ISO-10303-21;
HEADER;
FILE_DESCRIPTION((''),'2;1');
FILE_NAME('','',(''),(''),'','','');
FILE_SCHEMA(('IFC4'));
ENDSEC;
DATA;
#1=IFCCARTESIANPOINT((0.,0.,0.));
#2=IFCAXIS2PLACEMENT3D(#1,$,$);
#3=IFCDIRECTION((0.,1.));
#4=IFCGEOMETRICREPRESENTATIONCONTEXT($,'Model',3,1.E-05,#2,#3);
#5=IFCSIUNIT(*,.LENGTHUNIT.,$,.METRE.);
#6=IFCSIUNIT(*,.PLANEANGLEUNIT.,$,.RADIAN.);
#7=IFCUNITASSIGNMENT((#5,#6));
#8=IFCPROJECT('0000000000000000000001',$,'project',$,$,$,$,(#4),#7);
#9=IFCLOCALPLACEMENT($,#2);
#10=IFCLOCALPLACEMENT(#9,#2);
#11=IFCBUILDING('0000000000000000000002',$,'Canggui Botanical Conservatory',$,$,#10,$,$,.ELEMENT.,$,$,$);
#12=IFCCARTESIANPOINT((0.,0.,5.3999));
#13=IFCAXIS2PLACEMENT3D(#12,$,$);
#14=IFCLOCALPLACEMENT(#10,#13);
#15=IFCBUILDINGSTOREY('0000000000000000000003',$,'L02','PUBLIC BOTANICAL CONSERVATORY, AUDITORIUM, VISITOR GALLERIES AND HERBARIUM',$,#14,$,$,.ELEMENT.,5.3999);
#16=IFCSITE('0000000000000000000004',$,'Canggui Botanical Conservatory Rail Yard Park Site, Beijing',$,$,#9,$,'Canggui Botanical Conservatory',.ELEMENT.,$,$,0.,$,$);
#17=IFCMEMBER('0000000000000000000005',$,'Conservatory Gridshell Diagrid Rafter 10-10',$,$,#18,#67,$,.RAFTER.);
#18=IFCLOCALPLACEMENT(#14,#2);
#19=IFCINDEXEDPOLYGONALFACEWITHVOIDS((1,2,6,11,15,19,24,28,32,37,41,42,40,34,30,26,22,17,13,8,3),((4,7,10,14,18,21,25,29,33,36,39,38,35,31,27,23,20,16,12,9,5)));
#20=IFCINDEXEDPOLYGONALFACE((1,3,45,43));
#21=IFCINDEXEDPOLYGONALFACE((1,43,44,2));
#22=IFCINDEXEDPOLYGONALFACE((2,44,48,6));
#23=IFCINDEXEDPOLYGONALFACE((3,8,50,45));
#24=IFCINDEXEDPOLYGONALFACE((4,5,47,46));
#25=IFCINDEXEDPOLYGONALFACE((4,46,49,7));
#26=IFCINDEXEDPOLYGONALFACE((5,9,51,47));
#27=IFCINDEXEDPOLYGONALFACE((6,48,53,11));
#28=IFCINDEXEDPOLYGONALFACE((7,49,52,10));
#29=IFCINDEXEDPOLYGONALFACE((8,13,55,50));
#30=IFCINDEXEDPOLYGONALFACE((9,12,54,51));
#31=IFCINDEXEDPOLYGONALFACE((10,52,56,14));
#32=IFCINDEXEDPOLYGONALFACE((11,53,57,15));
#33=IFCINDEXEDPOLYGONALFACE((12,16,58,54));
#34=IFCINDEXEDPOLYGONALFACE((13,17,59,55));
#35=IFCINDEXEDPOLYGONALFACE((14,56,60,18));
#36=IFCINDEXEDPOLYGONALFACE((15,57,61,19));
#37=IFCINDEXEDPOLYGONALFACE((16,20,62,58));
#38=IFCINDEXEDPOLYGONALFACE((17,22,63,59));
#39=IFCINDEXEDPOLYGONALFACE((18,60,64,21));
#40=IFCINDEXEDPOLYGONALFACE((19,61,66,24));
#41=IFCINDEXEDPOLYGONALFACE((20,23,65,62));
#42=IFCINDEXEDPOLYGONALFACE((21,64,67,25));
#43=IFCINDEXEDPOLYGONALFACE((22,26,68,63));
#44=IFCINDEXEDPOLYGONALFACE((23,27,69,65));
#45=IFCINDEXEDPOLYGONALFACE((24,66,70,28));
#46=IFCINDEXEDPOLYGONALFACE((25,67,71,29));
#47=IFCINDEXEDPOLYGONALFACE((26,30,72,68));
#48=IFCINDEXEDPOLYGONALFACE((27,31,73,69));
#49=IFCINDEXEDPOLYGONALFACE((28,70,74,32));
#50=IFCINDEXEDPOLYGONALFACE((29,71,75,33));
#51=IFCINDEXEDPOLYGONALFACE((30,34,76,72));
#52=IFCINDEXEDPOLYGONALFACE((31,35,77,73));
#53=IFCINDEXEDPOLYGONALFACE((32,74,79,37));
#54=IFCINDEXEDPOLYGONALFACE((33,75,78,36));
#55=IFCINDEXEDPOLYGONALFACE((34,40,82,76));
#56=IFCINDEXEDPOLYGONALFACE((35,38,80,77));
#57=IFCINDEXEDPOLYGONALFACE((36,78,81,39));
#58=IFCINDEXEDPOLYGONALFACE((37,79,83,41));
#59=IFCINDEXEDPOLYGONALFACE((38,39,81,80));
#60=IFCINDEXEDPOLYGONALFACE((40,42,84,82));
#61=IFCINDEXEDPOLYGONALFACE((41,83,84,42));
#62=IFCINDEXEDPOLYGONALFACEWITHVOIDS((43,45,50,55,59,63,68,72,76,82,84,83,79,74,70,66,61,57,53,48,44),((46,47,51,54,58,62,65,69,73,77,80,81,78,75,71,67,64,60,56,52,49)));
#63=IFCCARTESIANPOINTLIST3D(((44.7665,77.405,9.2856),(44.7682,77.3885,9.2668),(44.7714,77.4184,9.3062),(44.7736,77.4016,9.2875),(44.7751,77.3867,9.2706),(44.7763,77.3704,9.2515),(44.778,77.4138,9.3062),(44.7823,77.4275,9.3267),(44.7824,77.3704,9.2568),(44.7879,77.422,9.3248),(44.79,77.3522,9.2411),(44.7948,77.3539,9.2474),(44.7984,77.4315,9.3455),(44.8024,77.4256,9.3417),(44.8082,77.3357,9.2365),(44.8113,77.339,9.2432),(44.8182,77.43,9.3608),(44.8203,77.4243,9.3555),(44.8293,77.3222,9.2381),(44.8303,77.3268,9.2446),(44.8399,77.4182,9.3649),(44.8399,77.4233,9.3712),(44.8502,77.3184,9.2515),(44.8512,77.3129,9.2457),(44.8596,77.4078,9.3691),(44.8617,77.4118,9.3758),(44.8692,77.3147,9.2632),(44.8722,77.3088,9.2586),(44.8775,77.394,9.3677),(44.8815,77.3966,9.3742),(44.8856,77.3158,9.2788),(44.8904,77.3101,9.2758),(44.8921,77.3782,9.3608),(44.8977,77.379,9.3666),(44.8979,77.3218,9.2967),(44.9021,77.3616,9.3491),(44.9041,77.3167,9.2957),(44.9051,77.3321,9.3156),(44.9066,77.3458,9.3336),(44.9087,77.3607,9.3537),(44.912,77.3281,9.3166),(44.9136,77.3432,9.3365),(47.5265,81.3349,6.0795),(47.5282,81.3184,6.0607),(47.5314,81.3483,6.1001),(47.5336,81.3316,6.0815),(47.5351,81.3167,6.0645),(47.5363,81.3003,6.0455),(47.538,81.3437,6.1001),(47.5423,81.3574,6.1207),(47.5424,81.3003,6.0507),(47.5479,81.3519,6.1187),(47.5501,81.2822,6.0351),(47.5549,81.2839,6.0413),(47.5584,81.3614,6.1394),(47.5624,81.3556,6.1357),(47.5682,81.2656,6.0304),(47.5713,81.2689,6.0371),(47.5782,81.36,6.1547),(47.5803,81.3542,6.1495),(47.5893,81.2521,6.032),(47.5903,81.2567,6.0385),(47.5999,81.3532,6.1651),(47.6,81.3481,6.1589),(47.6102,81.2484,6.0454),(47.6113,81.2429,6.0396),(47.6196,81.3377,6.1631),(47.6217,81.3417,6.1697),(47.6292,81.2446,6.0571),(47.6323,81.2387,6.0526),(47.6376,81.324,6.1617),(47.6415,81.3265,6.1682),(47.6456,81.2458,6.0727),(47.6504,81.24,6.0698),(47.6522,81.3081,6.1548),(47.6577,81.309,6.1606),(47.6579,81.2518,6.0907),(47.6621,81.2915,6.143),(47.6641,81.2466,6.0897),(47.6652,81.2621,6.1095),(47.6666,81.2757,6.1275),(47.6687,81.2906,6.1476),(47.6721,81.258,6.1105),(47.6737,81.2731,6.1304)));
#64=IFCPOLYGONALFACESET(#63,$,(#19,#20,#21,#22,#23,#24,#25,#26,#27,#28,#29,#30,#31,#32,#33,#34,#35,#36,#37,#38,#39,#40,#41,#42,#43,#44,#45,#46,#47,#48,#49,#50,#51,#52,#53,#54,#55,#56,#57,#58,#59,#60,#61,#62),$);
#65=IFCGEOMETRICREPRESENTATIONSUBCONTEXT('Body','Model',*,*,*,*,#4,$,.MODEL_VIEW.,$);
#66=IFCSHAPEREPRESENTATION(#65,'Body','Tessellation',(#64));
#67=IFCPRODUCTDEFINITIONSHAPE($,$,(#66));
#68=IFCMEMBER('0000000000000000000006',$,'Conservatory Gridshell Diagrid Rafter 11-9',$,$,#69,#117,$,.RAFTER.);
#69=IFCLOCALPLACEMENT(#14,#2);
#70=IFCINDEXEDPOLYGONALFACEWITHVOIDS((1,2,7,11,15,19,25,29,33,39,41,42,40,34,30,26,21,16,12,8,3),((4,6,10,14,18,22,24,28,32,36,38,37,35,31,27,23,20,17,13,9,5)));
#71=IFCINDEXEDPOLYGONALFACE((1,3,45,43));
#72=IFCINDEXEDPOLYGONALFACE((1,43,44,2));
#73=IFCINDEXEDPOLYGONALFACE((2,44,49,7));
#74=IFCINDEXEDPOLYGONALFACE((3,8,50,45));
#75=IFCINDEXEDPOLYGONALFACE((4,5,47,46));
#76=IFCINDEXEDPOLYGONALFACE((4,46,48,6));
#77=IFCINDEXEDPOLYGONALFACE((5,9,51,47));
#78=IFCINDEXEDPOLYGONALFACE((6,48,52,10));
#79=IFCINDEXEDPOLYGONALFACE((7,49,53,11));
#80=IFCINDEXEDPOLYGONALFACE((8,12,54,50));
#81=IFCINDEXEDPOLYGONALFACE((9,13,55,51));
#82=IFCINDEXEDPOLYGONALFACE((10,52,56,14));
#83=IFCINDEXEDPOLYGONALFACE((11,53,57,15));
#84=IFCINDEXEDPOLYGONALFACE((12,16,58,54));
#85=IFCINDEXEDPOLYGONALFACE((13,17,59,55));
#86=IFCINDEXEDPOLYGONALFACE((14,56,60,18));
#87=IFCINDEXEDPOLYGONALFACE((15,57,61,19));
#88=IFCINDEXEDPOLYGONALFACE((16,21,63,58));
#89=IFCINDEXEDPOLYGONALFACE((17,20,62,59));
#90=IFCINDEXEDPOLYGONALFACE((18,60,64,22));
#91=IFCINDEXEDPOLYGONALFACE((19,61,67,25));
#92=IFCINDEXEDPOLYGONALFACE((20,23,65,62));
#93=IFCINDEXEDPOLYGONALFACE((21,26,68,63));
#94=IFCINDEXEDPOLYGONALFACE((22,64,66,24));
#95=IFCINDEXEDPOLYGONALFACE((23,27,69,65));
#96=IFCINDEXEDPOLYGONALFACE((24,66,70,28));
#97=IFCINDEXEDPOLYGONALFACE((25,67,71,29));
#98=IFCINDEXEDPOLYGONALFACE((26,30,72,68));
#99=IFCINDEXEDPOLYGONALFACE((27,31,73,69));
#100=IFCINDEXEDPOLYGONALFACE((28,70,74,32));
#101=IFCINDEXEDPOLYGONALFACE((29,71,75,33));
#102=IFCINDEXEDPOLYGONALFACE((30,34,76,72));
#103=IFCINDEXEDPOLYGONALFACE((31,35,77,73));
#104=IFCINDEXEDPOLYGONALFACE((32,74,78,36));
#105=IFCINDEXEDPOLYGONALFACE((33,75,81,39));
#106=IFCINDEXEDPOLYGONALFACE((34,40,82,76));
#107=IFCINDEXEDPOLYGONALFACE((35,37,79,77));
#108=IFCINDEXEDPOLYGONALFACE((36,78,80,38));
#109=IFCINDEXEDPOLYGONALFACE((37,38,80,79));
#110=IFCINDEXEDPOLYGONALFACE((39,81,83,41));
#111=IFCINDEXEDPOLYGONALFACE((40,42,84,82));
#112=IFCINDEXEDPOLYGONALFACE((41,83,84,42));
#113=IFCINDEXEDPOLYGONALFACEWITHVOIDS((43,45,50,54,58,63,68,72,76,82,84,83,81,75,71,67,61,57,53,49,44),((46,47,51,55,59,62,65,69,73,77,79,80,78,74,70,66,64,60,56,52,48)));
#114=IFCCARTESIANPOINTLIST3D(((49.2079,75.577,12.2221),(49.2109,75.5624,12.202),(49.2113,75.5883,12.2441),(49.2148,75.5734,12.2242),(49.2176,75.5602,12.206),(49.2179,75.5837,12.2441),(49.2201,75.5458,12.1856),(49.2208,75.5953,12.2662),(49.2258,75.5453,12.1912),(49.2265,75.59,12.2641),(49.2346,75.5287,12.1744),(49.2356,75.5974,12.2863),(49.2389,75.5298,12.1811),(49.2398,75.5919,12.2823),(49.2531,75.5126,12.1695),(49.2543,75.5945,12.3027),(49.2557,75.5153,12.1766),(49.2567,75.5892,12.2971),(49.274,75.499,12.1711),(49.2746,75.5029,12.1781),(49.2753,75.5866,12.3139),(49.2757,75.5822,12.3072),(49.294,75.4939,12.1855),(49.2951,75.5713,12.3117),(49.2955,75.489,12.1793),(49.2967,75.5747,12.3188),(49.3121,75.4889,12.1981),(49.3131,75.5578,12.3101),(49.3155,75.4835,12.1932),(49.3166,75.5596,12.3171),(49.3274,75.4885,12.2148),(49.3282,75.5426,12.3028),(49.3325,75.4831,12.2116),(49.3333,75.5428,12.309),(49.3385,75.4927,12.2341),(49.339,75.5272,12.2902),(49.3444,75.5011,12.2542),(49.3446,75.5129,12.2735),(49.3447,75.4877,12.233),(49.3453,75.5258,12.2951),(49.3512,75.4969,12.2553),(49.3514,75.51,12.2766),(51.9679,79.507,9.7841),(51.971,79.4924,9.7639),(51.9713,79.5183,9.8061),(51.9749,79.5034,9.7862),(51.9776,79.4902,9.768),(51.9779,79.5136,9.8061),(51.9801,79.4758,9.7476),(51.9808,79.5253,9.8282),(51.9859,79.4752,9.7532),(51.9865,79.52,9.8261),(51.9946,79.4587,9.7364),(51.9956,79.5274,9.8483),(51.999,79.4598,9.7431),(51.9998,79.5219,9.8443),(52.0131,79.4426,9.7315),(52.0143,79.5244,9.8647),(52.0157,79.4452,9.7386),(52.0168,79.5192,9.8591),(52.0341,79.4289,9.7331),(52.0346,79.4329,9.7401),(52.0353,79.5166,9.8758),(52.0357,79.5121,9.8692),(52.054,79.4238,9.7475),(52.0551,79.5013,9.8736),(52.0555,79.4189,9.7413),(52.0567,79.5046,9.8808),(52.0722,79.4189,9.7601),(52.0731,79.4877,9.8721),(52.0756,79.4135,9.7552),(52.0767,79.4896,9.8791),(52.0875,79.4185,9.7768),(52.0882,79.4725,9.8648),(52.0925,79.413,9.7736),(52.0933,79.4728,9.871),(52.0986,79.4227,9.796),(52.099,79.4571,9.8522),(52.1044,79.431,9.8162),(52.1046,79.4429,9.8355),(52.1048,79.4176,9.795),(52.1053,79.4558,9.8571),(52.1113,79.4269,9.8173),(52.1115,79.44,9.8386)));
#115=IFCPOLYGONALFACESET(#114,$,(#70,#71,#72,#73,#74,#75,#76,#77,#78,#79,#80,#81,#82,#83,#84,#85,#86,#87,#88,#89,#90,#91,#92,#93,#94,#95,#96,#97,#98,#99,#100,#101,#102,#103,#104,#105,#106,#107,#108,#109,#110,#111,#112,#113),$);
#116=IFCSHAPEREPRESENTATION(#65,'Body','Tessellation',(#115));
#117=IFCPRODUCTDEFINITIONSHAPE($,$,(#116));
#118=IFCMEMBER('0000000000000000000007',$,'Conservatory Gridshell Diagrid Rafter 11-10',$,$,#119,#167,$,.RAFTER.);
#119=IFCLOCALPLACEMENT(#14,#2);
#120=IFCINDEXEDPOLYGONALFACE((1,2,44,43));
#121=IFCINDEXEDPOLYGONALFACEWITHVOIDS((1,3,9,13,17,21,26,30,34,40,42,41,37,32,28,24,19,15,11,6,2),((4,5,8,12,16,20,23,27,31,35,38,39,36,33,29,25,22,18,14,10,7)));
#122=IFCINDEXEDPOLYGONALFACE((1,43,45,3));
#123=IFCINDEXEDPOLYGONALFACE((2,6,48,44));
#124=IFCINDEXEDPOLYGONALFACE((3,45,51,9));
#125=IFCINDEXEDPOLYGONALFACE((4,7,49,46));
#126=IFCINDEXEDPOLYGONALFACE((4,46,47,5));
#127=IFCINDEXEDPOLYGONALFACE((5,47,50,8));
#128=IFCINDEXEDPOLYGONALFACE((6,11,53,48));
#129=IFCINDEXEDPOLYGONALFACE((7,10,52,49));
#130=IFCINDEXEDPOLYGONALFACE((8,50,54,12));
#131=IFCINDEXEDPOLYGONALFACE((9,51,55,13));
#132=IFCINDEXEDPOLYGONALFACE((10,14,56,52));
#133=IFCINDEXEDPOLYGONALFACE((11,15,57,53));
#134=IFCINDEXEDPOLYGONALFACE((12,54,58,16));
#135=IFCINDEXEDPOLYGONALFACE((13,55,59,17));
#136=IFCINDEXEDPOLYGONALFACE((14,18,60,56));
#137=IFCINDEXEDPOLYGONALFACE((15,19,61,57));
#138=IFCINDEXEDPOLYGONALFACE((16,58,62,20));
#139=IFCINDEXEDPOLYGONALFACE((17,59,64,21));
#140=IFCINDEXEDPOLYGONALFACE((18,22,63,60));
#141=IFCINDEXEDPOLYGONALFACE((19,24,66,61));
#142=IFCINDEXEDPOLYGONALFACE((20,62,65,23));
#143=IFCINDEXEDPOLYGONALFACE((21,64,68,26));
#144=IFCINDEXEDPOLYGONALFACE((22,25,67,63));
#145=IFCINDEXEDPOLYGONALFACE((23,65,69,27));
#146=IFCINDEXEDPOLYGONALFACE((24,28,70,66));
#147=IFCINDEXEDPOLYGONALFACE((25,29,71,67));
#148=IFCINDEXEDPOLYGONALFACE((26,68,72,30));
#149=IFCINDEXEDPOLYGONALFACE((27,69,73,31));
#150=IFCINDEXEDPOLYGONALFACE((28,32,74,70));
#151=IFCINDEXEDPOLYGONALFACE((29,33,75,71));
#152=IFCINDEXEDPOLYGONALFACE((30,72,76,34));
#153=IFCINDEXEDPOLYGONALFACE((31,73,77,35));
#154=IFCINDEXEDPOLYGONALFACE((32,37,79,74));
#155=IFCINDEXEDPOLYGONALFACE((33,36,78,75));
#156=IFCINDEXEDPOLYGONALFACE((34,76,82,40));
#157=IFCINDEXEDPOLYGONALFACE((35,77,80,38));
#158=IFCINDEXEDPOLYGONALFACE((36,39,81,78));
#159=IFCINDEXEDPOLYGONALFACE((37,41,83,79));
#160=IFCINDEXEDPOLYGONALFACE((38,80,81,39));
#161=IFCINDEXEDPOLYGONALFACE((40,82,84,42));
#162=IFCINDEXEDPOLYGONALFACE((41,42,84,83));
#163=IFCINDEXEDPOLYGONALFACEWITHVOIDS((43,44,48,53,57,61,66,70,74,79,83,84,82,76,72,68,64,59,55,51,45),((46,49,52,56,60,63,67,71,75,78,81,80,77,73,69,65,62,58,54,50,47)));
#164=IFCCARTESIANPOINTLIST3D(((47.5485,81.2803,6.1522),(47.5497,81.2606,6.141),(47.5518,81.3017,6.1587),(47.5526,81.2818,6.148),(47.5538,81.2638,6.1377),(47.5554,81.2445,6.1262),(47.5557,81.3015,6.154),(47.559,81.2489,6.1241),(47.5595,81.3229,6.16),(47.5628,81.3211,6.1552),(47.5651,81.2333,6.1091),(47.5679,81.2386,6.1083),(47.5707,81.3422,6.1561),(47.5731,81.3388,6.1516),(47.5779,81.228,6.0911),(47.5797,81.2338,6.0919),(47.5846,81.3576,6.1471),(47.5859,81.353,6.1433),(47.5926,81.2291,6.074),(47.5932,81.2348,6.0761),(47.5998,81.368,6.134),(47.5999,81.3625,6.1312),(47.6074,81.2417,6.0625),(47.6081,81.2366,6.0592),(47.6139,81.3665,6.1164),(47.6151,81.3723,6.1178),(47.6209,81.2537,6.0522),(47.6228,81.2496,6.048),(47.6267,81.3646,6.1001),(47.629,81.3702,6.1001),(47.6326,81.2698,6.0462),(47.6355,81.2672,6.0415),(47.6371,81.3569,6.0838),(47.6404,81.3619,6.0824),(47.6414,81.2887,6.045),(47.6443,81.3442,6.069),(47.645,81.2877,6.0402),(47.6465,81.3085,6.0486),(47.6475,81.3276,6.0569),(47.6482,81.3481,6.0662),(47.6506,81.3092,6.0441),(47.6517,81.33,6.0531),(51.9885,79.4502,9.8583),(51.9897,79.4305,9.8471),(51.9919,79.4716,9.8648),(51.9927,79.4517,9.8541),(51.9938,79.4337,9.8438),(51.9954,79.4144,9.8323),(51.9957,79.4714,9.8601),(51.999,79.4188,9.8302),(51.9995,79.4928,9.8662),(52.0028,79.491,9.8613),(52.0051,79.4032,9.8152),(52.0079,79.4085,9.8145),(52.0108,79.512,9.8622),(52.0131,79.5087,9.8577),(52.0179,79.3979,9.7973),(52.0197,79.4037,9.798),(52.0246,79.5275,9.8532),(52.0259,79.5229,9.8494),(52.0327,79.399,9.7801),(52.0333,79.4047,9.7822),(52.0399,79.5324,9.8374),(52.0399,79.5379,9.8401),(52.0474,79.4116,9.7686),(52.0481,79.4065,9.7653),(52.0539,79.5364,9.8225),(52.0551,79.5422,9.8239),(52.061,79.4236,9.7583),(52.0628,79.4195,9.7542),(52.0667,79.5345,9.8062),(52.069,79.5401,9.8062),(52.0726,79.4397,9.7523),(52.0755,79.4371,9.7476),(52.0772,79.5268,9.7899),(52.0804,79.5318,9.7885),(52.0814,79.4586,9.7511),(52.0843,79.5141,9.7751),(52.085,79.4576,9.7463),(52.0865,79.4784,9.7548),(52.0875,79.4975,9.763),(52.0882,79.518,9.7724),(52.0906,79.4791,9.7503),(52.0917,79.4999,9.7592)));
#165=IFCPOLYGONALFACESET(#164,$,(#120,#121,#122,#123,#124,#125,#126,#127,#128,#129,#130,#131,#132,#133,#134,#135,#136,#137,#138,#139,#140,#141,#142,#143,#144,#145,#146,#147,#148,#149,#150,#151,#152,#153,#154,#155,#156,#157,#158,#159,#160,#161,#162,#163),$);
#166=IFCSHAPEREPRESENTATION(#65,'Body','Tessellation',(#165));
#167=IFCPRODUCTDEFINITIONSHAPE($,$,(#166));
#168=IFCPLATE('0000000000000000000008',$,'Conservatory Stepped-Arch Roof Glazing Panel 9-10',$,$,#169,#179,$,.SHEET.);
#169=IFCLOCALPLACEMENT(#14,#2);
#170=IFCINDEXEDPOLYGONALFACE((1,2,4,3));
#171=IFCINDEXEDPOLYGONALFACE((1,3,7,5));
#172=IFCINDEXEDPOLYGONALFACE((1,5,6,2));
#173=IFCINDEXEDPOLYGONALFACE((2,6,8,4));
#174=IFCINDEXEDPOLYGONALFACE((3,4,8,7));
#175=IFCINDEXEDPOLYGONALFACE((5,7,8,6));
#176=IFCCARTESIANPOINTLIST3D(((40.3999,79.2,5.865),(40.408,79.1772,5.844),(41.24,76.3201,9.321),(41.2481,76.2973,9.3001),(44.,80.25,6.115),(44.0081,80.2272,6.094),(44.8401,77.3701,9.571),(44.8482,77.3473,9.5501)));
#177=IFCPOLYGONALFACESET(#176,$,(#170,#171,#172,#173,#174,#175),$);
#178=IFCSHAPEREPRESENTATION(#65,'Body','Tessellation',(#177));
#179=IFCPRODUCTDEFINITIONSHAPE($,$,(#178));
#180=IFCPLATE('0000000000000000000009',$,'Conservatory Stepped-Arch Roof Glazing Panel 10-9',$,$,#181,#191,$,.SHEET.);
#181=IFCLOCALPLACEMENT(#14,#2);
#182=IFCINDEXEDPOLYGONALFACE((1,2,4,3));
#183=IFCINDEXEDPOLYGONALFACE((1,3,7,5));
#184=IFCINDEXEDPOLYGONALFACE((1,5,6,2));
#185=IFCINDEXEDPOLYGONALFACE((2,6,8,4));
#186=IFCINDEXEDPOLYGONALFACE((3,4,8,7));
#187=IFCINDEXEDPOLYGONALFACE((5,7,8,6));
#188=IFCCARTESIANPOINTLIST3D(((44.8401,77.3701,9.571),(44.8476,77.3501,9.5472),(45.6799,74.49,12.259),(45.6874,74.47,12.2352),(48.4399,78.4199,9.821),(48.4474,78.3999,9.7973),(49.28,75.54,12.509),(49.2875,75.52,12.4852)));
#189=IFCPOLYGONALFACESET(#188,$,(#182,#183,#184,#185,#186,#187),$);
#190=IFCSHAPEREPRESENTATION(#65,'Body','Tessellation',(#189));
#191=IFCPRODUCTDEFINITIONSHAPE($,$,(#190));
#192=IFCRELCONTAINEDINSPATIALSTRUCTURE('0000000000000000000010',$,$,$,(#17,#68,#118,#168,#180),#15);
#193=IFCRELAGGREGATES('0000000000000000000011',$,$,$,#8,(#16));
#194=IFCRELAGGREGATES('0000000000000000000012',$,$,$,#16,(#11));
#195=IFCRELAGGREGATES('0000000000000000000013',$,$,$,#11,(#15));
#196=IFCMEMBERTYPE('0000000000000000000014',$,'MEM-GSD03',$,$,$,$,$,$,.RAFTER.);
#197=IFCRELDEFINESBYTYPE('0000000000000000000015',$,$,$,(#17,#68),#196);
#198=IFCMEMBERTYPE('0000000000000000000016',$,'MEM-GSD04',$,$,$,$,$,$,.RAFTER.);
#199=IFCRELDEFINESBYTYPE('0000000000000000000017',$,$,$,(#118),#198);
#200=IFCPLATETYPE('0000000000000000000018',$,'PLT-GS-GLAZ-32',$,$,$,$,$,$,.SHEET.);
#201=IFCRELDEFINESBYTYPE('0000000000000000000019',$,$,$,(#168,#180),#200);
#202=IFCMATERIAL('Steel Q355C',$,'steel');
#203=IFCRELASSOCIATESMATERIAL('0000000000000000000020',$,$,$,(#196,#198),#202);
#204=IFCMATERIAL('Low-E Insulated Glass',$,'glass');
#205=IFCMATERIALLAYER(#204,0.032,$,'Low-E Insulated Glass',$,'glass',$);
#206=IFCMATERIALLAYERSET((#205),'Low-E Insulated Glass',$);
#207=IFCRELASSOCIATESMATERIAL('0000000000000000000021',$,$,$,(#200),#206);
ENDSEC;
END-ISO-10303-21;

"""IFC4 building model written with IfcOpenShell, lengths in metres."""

from ifc_helpers import new_model, si_unit, direction, frame, origin, origin_2d, place, context, subcontext, project, spatial, polyline, hollow_circle, outline, extrude, material, layer, layer_set, material_profile, profile_set, type_object, element, save


model = new_model("IFC4")

# Units and contexts
model_context = context("Model", 3, precision=1e-05, world=origin(), true_north=direction((0.0, 1.0)))
body_context = subcontext(model_context, "Body", "Model", "MODEL_VIEW")
ifc_project = project(units=[si_unit("LENGTHUNIT", "METRE"), si_unit("PLANEANGLEUNIT", "RADIAN")], contexts=[model_context])

# Site, building, storey
site_placement = place(None, origin())
site = spatial("IfcSite", under=ifc_project, at=site_placement, Name="Canggui Botanical Conservatory Rail Yard Park Site, Beijing", LongName="Canggui Botanical Conservatory", CompositionType="ELEMENT", RefElevation=0.0)
building_placement = place(site_placement, origin())
building = spatial("IfcBuilding", under=site, at=building_placement, Name="Canggui Botanical Conservatory", CompositionType="ELEMENT")
storey_placement = place(building_placement, frame((0.0, 0.0, 5.3999)))
storey = spatial("IfcBuildingStorey", under=building, at=storey_placement, Name="L02", Description="PUBLIC BOTANICAL CONSERVATORY, AUDITORIUM, VISITOR GALLERIES AND HERBARIUM", CompositionType="ELEMENT", Elevation=5.3999)

# Shared definitions
ifc_material_1 = material(Name="Steel Q355C", Category="steel")

# Members
ifc_material_profile_1 = material_profile(ifc_material_1, hollow_circle(Radius=0.084, WallThickness=0.0081, at=origin_2d()), Name="CHS 168x8")
ifc_profile_set_1 = profile_set([ifc_material_profile_1], Name="Steel Q355C")
member_type_1 = type_object("IfcMemberType", Name="MEM-GSD03", PredefinedType="RAFTER", material=ifc_profile_set_1)
member_1_placement = place(storey_placement, frame((44.8401, 77.3701, 9.3062), z_axis=(0.477994, 0.680608, -0.555243), x_axis=(-0.818345, 0.574728, 0.0)))
element("IfcMember", 1, at=member_1_placement, inside=storey, type_object=member_type_1, Name="Conservatory Gridshell Diagrid Rafter 10-10", PredefinedType="RAFTER", context=body_context, shape_type="SweptSolid", body=[
    extrude(hollow_circle(Radius=0.084, WallThickness=0.0081, at=origin_2d()), origin(), (0.0, 0.0, 1.0), 5.7742),
])
member_2_placement = place(storey_placement, frame((49.28, 75.54, 12.2441), z_axis=(0.51247, 0.729697, -0.452678), x_axis=(-0.818345, 0.574728, 0.0)))
element("IfcMember", 2, at=member_2_placement, inside=storey, type_object=member_type_1, Name="Conservatory Gridshell Diagrid Rafter 11-9", PredefinedType="RAFTER", context=body_context, shape_type="SweptSolid", body=[
    extrude(hollow_circle(Radius=0.084, WallThickness=0.0081, at=origin_2d()), origin(), (0.0, 0.0, 1.0), 5.3857),
])
ifc_material_profile_2 = material_profile(ifc_material_1, hollow_circle(Radius=0.0759, WallThickness=0.0061, at=origin_2d()), Name="CHS 152x6")
ifc_profile_set_2 = profile_set([ifc_material_profile_2], Name="Steel Q355C")
member_type_2 = type_object("IfcMemberType", Name="MEM-GSD04", PredefinedType="RAFTER", material=ifc_profile_set_2)
member_3_placement = place(storey_placement, frame((47.6001, 81.3, 6.1001), z_axis=(0.731931, -0.301691, 0.610949), x_axis=(0.381082, 0.924541, 0.0)))
element("IfcMember", 3, at=member_3_placement, inside=storey, type_object=member_type_2, Name="Conservatory Gridshell Diagrid Rafter 11-10", PredefinedType="RAFTER", context=body_context, shape_type="SweptSolid", body=[
    extrude(hollow_circle(Radius=0.0759, WallThickness=0.0061, at=origin_2d()), origin(), (0.0, 0.0, 1.0), 6.0662),
])

# Plates
ifc_material_2 = material(Name="Low-E Insulated Glass", Category="glass")
ifc_layer_1 = layer(ifc_material_2, 0.032, Name="Low-E Insulated Glass", Category="glass")
ifc_layer_set_1 = layer_set([ifc_layer_1], Name="Low-E Insulated Glass")
plate_type_1 = type_object("IfcPlateType", Name="PLT-GS-GLAZ-32", PredefinedType="SHEET", material=ifc_layer_set_1)
plate_1_placement = place(storey_placement, frame((41.24, 76.3201, 9.321), z_axis=(-0.253165, 0.71206, 0.654888), x_axis=(0.957872, 0.279385, 0.066517)))
element("IfcPlate", 4, at=plate_1_placement, inside=storey, type_object=plate_type_1, Name="Conservatory Stepped-Arch Roof Glazing Panel 9-10", PredefinedType="SHEET", context=body_context, shape_type="SweptSolid", body=[
    extrude(outline(polyline([(0.0, 0.0), (3.7584, 0.0), (3.5284, 4.5707), (-0.23, 4.5707), (0.0, 0.0)])), origin(), (0.0, 0.0, -1.0), 0.032),
])
plate_2_placement = place(storey_placement, frame((45.6799, 74.49, 12.259), z_axis=(-0.234215, 0.625954, 0.743858), x_axis=(0.957875, 0.279377, 0.066508)))
element("IfcPlate", 5, at=plate_2_placement, inside=storey, type_object=plate_type_1, Name="Conservatory Stepped-Arch Roof Glazing Panel 10-9", PredefinedType="SHEET", context=body_context, shape_type="SweptSolid", body=[
    extrude(outline(polyline([(0.0, 0.0), (3.7584, 0.0), (3.5795, 4.024), (-0.1786, 4.0242), (0.0, 0.0)])), origin(), (0.0, 0.0, -1.0), 0.032),
])

save(model, "model.ifc")
